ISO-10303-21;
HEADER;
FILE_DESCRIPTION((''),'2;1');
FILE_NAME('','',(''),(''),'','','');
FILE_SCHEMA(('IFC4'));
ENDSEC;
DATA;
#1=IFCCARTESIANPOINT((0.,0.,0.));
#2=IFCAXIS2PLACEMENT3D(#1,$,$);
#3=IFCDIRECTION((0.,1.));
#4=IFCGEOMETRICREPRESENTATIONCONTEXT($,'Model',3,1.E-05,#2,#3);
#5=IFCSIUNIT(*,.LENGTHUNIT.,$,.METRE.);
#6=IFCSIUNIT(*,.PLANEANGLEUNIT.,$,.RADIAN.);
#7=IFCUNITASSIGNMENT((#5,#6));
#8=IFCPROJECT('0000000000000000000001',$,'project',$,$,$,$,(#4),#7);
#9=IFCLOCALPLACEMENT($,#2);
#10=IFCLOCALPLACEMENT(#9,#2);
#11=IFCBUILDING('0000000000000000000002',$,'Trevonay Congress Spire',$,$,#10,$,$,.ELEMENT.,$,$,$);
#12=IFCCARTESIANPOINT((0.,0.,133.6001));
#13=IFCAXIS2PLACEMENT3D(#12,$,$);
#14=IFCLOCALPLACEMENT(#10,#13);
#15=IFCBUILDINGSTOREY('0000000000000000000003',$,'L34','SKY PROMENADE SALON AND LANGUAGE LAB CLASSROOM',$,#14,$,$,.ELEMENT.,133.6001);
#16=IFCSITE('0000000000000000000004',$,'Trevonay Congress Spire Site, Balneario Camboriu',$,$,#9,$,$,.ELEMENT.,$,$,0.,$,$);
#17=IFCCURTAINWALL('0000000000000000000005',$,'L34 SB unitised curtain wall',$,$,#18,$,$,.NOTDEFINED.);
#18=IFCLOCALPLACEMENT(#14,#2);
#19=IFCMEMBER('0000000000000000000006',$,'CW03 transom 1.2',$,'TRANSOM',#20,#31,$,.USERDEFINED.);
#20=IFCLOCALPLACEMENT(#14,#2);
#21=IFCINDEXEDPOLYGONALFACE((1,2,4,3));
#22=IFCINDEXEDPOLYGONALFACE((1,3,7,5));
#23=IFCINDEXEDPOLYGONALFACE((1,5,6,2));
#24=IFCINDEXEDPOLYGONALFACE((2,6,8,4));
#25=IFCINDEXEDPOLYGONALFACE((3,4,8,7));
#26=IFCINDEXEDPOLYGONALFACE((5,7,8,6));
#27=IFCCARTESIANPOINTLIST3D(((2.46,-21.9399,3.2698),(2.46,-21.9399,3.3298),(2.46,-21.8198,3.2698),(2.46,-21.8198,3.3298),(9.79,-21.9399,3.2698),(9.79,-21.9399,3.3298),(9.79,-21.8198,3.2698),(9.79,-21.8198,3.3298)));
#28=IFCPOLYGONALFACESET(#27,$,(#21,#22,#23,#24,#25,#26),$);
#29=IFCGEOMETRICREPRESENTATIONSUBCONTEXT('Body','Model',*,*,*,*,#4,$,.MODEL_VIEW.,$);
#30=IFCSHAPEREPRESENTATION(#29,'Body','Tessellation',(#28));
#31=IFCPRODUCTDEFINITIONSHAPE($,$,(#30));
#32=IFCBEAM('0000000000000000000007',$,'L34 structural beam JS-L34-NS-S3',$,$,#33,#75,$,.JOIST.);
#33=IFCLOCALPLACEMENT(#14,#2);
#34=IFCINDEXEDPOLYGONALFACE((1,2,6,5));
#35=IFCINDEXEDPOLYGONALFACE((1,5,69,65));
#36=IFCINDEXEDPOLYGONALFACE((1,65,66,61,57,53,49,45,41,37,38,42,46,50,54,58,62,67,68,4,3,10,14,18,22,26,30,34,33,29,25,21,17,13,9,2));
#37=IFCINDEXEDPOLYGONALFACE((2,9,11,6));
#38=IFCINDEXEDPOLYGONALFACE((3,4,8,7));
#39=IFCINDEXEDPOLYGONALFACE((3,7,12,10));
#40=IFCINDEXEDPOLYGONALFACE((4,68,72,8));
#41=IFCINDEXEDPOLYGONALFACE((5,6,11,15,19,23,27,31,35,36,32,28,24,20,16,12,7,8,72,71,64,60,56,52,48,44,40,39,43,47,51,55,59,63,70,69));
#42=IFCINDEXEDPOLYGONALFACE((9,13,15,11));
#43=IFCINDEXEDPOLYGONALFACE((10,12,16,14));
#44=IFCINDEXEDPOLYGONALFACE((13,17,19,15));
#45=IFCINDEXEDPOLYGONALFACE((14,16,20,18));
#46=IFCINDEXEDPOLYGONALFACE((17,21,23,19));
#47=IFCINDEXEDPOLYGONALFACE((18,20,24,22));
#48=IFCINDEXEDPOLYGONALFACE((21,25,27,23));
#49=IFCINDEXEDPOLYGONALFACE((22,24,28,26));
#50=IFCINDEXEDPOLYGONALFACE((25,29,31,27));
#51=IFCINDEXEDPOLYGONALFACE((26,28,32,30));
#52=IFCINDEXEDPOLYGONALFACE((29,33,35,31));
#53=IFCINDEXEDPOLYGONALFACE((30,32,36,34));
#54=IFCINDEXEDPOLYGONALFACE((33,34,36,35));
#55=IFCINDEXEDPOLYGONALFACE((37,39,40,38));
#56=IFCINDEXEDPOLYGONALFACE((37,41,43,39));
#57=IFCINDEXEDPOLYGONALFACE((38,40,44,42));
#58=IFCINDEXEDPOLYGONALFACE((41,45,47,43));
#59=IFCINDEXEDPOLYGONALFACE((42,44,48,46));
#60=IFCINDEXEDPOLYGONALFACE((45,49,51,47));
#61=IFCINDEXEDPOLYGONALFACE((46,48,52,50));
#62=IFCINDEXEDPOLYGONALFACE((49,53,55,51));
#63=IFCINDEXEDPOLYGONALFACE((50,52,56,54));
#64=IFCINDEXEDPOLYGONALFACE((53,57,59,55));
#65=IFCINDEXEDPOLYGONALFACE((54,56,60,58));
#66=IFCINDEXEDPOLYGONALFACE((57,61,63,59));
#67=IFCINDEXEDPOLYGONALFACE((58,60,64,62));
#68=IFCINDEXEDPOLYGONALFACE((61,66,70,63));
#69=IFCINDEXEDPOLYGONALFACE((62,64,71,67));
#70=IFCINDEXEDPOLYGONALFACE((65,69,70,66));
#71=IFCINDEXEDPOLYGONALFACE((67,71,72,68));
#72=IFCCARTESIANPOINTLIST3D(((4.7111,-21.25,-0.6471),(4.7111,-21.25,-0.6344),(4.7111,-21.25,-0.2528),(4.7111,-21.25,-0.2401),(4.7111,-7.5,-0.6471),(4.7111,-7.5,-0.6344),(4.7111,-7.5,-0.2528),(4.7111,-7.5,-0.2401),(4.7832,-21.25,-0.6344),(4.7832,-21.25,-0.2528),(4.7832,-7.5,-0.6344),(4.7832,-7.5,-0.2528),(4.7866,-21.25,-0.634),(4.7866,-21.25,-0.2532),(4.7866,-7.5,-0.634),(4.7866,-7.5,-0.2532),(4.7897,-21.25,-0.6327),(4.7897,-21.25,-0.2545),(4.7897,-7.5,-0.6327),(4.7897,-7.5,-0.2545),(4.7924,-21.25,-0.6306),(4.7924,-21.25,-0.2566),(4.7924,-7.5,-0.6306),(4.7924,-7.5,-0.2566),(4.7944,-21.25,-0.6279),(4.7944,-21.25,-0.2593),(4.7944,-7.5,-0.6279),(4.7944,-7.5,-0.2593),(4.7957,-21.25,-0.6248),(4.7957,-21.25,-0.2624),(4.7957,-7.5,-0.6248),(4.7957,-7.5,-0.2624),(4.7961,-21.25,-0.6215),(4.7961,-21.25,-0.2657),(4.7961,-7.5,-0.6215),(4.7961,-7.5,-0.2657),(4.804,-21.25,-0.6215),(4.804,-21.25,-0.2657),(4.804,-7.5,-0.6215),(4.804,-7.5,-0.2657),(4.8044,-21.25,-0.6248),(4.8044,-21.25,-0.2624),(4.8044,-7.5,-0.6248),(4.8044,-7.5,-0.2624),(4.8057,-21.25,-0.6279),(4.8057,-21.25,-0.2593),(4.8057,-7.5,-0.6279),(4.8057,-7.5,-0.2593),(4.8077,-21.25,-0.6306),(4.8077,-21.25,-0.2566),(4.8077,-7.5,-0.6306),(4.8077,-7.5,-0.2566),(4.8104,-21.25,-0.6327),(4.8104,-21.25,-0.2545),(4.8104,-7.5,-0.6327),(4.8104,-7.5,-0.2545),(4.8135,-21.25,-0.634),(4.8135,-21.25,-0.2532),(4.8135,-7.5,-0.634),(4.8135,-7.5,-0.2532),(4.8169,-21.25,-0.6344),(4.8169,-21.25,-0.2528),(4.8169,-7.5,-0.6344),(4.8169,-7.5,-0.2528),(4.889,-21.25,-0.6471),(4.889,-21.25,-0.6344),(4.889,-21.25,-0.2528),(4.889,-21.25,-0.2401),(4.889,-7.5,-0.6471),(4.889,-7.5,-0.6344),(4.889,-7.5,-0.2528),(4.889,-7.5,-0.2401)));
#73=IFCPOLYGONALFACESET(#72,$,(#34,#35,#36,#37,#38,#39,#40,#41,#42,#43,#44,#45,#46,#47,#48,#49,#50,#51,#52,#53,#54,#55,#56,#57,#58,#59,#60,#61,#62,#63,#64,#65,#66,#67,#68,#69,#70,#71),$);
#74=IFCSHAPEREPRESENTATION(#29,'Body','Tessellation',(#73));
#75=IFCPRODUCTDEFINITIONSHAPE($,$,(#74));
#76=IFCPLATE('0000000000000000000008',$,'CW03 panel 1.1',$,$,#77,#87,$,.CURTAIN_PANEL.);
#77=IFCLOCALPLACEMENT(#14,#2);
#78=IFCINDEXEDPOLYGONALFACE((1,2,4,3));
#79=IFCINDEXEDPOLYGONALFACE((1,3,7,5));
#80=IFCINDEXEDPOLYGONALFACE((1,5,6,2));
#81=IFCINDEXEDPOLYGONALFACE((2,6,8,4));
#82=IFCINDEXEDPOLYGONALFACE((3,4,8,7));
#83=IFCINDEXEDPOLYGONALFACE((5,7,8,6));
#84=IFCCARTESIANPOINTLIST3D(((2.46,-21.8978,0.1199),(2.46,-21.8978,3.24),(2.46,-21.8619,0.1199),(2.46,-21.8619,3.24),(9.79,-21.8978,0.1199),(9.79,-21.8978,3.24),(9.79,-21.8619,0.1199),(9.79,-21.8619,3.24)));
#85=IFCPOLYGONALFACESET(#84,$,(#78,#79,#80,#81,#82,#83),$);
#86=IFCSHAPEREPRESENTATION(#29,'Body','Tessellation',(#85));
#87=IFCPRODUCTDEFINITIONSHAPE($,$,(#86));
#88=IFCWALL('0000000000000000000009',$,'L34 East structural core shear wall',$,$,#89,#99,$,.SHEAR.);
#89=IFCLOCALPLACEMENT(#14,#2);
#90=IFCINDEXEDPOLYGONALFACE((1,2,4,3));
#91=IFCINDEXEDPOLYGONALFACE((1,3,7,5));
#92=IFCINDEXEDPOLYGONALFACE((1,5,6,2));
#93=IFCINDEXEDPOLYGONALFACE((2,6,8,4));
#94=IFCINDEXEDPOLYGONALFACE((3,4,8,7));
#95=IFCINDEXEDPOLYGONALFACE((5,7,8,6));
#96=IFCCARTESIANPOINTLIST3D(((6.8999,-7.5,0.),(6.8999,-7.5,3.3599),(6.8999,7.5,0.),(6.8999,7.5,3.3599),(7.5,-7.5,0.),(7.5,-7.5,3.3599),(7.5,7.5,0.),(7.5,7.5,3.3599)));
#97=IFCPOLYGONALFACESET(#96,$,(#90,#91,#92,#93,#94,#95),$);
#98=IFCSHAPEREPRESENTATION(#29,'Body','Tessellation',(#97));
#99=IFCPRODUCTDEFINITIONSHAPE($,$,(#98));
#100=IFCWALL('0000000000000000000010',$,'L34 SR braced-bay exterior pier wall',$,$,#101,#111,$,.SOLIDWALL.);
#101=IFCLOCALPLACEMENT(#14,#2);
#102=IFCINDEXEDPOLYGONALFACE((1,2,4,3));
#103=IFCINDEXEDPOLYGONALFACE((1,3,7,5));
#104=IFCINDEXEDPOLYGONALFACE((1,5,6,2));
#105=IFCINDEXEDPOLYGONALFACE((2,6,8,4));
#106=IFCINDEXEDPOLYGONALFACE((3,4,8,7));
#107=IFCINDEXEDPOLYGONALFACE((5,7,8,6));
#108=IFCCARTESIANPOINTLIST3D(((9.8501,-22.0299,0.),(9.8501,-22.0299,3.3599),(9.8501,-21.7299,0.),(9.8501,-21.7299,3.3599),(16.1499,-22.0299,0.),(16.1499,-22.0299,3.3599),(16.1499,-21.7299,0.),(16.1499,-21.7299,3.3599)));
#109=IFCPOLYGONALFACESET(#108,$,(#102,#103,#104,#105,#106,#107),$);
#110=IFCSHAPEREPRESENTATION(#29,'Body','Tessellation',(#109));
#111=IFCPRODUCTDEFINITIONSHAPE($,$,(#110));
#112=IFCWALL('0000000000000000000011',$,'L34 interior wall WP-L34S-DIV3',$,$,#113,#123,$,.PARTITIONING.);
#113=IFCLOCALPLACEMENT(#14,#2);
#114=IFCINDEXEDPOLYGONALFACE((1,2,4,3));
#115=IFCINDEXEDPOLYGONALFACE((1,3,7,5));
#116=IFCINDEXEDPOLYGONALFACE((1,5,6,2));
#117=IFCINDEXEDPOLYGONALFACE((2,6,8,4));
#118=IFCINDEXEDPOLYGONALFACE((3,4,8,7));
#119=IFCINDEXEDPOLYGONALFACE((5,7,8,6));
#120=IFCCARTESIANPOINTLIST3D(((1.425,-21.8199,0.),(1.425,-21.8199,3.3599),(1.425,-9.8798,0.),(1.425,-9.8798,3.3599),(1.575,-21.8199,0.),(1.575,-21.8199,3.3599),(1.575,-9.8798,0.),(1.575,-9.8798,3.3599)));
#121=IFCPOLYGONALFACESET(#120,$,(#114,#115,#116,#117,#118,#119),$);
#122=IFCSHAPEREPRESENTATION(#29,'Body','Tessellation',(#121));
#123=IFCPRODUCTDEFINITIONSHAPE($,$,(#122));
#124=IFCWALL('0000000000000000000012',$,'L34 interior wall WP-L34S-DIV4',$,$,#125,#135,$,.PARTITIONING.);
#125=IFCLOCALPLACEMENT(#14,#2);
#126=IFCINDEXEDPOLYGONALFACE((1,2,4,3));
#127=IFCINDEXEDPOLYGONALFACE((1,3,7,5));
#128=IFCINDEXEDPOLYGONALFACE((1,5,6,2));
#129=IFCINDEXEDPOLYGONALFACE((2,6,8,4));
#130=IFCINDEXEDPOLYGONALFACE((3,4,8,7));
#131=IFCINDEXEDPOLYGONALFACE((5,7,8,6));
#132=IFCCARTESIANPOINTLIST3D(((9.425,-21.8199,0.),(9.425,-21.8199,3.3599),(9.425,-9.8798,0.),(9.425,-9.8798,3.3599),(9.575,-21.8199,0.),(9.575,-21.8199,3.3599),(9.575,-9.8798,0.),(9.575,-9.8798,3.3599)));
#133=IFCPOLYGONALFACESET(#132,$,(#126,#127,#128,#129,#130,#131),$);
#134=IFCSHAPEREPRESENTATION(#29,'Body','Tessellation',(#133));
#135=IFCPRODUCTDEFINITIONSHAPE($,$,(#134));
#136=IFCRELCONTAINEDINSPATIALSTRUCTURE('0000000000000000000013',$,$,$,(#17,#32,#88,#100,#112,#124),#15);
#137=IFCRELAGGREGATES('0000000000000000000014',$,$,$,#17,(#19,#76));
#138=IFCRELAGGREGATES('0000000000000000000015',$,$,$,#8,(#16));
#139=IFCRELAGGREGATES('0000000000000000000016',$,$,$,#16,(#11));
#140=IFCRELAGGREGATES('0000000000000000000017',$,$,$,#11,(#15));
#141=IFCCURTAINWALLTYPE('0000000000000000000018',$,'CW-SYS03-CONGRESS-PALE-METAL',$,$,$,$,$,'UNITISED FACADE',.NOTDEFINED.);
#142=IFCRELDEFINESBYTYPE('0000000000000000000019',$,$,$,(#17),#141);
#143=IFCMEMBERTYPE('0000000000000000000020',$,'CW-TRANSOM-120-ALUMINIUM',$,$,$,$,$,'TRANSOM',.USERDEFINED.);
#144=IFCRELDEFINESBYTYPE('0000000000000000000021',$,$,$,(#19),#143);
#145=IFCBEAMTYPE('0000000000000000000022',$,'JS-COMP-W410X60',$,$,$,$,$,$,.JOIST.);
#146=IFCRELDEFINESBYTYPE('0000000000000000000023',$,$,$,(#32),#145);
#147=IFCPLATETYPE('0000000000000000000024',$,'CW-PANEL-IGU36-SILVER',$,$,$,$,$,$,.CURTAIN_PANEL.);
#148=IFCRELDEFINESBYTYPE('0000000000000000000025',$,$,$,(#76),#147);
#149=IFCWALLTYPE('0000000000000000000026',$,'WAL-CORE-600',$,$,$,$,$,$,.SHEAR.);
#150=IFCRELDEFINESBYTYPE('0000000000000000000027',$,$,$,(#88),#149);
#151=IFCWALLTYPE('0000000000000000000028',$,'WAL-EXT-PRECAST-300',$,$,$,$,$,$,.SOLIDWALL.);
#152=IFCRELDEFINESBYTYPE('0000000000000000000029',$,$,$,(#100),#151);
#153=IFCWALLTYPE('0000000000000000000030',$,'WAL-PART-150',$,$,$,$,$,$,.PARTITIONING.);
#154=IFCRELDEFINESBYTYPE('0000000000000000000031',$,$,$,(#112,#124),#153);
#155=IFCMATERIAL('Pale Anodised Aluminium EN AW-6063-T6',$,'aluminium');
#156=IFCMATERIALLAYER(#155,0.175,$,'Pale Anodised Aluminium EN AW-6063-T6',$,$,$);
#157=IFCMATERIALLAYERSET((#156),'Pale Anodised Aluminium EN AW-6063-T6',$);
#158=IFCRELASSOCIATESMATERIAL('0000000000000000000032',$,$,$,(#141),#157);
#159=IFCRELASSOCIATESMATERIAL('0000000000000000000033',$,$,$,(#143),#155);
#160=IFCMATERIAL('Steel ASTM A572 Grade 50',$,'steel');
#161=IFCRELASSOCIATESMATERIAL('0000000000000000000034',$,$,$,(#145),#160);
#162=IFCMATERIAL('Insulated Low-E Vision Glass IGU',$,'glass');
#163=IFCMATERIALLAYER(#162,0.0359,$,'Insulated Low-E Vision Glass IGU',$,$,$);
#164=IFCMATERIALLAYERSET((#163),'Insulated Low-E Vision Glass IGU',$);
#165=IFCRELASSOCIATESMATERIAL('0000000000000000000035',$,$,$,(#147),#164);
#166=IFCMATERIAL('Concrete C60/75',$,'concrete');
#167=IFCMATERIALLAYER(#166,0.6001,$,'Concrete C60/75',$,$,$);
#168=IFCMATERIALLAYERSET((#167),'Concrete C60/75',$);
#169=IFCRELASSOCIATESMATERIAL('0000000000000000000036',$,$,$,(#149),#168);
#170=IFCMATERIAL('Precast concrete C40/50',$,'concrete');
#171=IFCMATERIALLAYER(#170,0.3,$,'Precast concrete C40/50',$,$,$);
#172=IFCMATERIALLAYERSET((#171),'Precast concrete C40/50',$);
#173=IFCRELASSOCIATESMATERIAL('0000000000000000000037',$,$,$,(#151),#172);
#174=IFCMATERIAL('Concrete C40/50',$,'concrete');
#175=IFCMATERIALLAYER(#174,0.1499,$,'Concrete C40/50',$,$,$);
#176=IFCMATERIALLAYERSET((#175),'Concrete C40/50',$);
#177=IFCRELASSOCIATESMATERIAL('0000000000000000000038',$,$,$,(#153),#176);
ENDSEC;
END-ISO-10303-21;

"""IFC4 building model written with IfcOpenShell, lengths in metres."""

from ifc_helpers import new_model, si_unit, direction, frame, frame_2d, origin, origin_2d, place, context, subcontext, project, spatial, rectangle, i_section, extrude, material, layer, layer_set, material_profile, profile_set, type_object, element, aggregate, save


model = new_model("IFC4")

# Units and contexts
model_context = context("Model", 3, precision=1e-05, world=origin(), true_north=direction((0.0, 1.0)))
body_context = subcontext(model_context, "Body", "Model", "MODEL_VIEW")
ifc_project = project(units=[si_unit("LENGTHUNIT", "METRE"), si_unit("PLANEANGLEUNIT", "RADIAN")], contexts=[model_context])

# Site, building, storey
site_placement = place(None, origin())
site = spatial("IfcSite", under=ifc_project, at=site_placement, Name="Trevonay Congress Spire Site, Balneario Camboriu", CompositionType="ELEMENT", RefElevation=0.0)
building_placement = place(site_placement, origin())
building = spatial("IfcBuilding", under=site, at=building_placement, Name="Trevonay Congress Spire", CompositionType="ELEMENT")
storey_placement = place(building_placement, frame((0.0, 0.0, 133.6001)))
storey = spatial("IfcBuildingStorey", under=building, at=storey_placement, Name="L34", Description="SKY PROMENADE SALON AND LANGUAGE LAB CLASSROOM", CompositionType="ELEMENT", Elevation=133.6001)

# Shared definitions
ifc_material_1 = material(Name="Steel ASTM A572 Grade 50", Category="steel")

# Curtain wall, member
ifc_material_2 = material(Name="Pale Anodised Aluminium EN AW-6063-T6", Category="aluminium")
ifc_layer_1 = layer(ifc_material_2, 0.175, Name="Pale Anodised Aluminium EN AW-6063-T6")
ifc_layer_set_1 = layer_set([ifc_layer_1], Name="Pale Anodised Aluminium EN AW-6063-T6")
curtain_wall_type = type_object("IfcCurtainWallType", Name="CW-SYS03-CONGRESS-PALE-METAL", ElementType="UNITISED FACADE", PredefinedType="NOTDEFINED", material=ifc_layer_set_1)
curtain_wall_placement = place(storey_placement, origin())
curtain_wall = element("IfcCurtainWall", 1, at=curtain_wall_placement, inside=storey, type_object=curtain_wall_type, Name="L34 SB unitised curtain wall", PredefinedType="NOTDEFINED")
ifc_material_profile_1 = material_profile(ifc_material_2, rectangle(XDim=0.1201, YDim=0.0601, at=origin_2d()), Name="CW-TRANSOM-120-ALUMINIUM")
ifc_profile_set_1 = profile_set([ifc_material_profile_1], Name="Pale Anodised Aluminium EN AW-6063-T6")
member_type_1 = type_object("IfcMemberType", Name="CW-TRANSOM-120-ALUMINIUM", ElementType="TRANSOM", PredefinedType="USERDEFINED", material=ifc_profile_set_1)
member_1_placement = place(storey_placement, frame((2.46, -21.8799, 3.2998), z_axis=(1.0, 0.0, 0.0), x_axis=(0.0, 1.0, 0.0)))
member_1 = element("IfcMember", 2, at=member_1_placement, type_object=member_type_1, Name="CW03 transom 1.2", ObjectType="TRANSOM", PredefinedType="USERDEFINED", context=body_context, shape_type="SweptSolid", body=[
    extrude(rectangle(XDim=0.1201, YDim=0.0601, at=origin_2d()), origin(), (0.0, 0.0, 1.0), 7.3301),
])

# Beam
ifc_material_profile_2 = material_profile(ifc_material_1, i_section(OverallWidth=0.178, OverallDepth=0.407, WebThickness=0.0078, FlangeThickness=0.0127, FilletRadius=0.0129, at=origin_2d()), Name="W410x60")
ifc_profile_set_2 = profile_set([ifc_material_profile_2], Name="Steel ASTM A572 Grade 50")
beam_type_1 = type_object("IfcBeamType", Name="JS-COMP-W410X60", PredefinedType="JOIST", material=ifc_profile_set_2)
beam_1_placement = place(storey_placement, frame((4.8, -21.25, -0.4436), z_axis=(0.0, 1.0, 0.0), x_axis=(-1.0, 0.0, 0.0)))
element("IfcBeam", 3, at=beam_1_placement, inside=storey, type_object=beam_type_1, Name="L34 structural beam JS-L34-NS-S3", PredefinedType="JOIST", context=body_context, shape_type="SweptSolid", body=[
    extrude(i_section(OverallWidth=0.178, OverallDepth=0.407, WebThickness=0.0078, FlangeThickness=0.0127, FilletRadius=0.0129, at=origin_2d()), origin(), (0.0, 0.0, 1.0), 13.75),
])

# Plate
ifc_material_3 = material(Name="Insulated Low-E Vision Glass IGU", Category="glass")
ifc_layer_2 = layer(ifc_material_3, 0.0359, Name="Insulated Low-E Vision Glass IGU")
ifc_layer_set_2 = layer_set([ifc_layer_2], Name="Insulated Low-E Vision Glass IGU")
plate_type = type_object("IfcPlateType", Name="CW-PANEL-IGU36-SILVER", PredefinedType="CURTAIN_PANEL", material=ifc_layer_set_2)
plate_placement = place(storey_placement, frame((6.125, -21.8799, 0.1199), z_axis=(0.0, 0.0, 1.0), x_axis=(1.0, 0.0, 0.0)))
plate = element("IfcPlate", 4, at=plate_placement, type_object=plate_type, Name="CW03 panel 1.1", PredefinedType="CURTAIN_PANEL", context=body_context, shape_type="SweptSolid", body=[
    extrude(rectangle(XDim=7.3301, YDim=0.0359, at=origin_2d()), origin(), (0.0, 0.0, 1.0), 3.1201),
])
aggregate(curtain_wall, [member_1, plate])

# Walls
ifc_material_4 = material(Name="Concrete C60/75", Category="concrete")
ifc_layer_3 = layer(ifc_material_4, 0.6001, Name="Concrete C60/75")
ifc_layer_set_3 = layer_set([ifc_layer_3], Name="Concrete C60/75")
wall_type_1 = type_object("IfcWallType", Name="WAL-CORE-600", PredefinedType="SHEAR", material=ifc_layer_set_3)
wall_1_placement = place(storey_placement, frame((7.2, -7.5, 0.0), z_axis=(0.0, 0.0, 1.0), x_axis=(0.0, 1.0, 0.0)))
element("IfcWall", 5, at=wall_1_placement, inside=storey, type_object=wall_type_1, Name="L34 East structural core shear wall", PredefinedType="SHEAR", context=body_context, shape_type="SweptSolid", body=[
    extrude(rectangle(XDim=15.0, YDim=0.6001, at=frame_2d((7.5, 0.0))), origin(), (0.0, 0.0, 1.0), 3.3599),
])
ifc_material_5 = material(Name="Precast concrete C40/50", Category="concrete")
ifc_layer_4 = layer(ifc_material_5, 0.3, Name="Precast concrete C40/50")
ifc_layer_set_4 = layer_set([ifc_layer_4], Name="Precast concrete C40/50")
wall_type_2 = type_object("IfcWallType", Name="WAL-EXT-PRECAST-300", PredefinedType="SOLIDWALL", material=ifc_layer_set_4)
wall_2_placement = place(storey_placement, frame((9.8501, -21.8799, 0.0), z_axis=(0.0, 0.0, 1.0), x_axis=(1.0, 0.0, 0.0)))
element("IfcWall", 6, at=wall_2_placement, inside=storey, type_object=wall_type_2, Name="L34 SR braced-bay exterior pier wall", PredefinedType="SOLIDWALL", context=body_context, shape_type="SweptSolid", body=[
    extrude(rectangle(XDim=6.2998, YDim=0.3, at=frame_2d((3.1499, 0.0))), origin(), (0.0, 0.0, 1.0), 3.3599),
])
ifc_material_6 = material(Name="Concrete C40/50", Category="concrete")
ifc_layer_5 = layer(ifc_material_6, 0.1499, Name="Concrete C40/50")
ifc_layer_set_5 = layer_set([ifc_layer_5], Name="Concrete C40/50")
wall_type_3 = type_object("IfcWallType", Name="WAL-PART-150", PredefinedType="PARTITIONING", material=ifc_layer_set_5)
for number, where, z_axis, x_axis, name in (
    (7, (1.5, -21.8201, 0.0), (0.0, 0.0, 1.0), (0.0, 1.0, 0.0), "L34 interior wall WP-L34S-DIV3"),
    (8, (9.5, -21.8201, 0.0), (0.0, 0.0, 1.0), (0.0, 1.0, 0.0), "L34 interior wall WP-L34S-DIV4"),
):
    element("IfcWall", number, at=place(storey_placement, frame(where, z_axis=z_axis, x_axis=x_axis)), inside=storey, type_object=wall_type_3, Name=name, PredefinedType="PARTITIONING", context=body_context, shape_type="SweptSolid", body=[
        extrude(rectangle(XDim=11.9402, YDim=0.1499, at=frame_2d((5.9702, 0.0))), origin(), (0.0, 0.0, 1.0), 3.3599),
    ])

save(model, "model.ifc")
